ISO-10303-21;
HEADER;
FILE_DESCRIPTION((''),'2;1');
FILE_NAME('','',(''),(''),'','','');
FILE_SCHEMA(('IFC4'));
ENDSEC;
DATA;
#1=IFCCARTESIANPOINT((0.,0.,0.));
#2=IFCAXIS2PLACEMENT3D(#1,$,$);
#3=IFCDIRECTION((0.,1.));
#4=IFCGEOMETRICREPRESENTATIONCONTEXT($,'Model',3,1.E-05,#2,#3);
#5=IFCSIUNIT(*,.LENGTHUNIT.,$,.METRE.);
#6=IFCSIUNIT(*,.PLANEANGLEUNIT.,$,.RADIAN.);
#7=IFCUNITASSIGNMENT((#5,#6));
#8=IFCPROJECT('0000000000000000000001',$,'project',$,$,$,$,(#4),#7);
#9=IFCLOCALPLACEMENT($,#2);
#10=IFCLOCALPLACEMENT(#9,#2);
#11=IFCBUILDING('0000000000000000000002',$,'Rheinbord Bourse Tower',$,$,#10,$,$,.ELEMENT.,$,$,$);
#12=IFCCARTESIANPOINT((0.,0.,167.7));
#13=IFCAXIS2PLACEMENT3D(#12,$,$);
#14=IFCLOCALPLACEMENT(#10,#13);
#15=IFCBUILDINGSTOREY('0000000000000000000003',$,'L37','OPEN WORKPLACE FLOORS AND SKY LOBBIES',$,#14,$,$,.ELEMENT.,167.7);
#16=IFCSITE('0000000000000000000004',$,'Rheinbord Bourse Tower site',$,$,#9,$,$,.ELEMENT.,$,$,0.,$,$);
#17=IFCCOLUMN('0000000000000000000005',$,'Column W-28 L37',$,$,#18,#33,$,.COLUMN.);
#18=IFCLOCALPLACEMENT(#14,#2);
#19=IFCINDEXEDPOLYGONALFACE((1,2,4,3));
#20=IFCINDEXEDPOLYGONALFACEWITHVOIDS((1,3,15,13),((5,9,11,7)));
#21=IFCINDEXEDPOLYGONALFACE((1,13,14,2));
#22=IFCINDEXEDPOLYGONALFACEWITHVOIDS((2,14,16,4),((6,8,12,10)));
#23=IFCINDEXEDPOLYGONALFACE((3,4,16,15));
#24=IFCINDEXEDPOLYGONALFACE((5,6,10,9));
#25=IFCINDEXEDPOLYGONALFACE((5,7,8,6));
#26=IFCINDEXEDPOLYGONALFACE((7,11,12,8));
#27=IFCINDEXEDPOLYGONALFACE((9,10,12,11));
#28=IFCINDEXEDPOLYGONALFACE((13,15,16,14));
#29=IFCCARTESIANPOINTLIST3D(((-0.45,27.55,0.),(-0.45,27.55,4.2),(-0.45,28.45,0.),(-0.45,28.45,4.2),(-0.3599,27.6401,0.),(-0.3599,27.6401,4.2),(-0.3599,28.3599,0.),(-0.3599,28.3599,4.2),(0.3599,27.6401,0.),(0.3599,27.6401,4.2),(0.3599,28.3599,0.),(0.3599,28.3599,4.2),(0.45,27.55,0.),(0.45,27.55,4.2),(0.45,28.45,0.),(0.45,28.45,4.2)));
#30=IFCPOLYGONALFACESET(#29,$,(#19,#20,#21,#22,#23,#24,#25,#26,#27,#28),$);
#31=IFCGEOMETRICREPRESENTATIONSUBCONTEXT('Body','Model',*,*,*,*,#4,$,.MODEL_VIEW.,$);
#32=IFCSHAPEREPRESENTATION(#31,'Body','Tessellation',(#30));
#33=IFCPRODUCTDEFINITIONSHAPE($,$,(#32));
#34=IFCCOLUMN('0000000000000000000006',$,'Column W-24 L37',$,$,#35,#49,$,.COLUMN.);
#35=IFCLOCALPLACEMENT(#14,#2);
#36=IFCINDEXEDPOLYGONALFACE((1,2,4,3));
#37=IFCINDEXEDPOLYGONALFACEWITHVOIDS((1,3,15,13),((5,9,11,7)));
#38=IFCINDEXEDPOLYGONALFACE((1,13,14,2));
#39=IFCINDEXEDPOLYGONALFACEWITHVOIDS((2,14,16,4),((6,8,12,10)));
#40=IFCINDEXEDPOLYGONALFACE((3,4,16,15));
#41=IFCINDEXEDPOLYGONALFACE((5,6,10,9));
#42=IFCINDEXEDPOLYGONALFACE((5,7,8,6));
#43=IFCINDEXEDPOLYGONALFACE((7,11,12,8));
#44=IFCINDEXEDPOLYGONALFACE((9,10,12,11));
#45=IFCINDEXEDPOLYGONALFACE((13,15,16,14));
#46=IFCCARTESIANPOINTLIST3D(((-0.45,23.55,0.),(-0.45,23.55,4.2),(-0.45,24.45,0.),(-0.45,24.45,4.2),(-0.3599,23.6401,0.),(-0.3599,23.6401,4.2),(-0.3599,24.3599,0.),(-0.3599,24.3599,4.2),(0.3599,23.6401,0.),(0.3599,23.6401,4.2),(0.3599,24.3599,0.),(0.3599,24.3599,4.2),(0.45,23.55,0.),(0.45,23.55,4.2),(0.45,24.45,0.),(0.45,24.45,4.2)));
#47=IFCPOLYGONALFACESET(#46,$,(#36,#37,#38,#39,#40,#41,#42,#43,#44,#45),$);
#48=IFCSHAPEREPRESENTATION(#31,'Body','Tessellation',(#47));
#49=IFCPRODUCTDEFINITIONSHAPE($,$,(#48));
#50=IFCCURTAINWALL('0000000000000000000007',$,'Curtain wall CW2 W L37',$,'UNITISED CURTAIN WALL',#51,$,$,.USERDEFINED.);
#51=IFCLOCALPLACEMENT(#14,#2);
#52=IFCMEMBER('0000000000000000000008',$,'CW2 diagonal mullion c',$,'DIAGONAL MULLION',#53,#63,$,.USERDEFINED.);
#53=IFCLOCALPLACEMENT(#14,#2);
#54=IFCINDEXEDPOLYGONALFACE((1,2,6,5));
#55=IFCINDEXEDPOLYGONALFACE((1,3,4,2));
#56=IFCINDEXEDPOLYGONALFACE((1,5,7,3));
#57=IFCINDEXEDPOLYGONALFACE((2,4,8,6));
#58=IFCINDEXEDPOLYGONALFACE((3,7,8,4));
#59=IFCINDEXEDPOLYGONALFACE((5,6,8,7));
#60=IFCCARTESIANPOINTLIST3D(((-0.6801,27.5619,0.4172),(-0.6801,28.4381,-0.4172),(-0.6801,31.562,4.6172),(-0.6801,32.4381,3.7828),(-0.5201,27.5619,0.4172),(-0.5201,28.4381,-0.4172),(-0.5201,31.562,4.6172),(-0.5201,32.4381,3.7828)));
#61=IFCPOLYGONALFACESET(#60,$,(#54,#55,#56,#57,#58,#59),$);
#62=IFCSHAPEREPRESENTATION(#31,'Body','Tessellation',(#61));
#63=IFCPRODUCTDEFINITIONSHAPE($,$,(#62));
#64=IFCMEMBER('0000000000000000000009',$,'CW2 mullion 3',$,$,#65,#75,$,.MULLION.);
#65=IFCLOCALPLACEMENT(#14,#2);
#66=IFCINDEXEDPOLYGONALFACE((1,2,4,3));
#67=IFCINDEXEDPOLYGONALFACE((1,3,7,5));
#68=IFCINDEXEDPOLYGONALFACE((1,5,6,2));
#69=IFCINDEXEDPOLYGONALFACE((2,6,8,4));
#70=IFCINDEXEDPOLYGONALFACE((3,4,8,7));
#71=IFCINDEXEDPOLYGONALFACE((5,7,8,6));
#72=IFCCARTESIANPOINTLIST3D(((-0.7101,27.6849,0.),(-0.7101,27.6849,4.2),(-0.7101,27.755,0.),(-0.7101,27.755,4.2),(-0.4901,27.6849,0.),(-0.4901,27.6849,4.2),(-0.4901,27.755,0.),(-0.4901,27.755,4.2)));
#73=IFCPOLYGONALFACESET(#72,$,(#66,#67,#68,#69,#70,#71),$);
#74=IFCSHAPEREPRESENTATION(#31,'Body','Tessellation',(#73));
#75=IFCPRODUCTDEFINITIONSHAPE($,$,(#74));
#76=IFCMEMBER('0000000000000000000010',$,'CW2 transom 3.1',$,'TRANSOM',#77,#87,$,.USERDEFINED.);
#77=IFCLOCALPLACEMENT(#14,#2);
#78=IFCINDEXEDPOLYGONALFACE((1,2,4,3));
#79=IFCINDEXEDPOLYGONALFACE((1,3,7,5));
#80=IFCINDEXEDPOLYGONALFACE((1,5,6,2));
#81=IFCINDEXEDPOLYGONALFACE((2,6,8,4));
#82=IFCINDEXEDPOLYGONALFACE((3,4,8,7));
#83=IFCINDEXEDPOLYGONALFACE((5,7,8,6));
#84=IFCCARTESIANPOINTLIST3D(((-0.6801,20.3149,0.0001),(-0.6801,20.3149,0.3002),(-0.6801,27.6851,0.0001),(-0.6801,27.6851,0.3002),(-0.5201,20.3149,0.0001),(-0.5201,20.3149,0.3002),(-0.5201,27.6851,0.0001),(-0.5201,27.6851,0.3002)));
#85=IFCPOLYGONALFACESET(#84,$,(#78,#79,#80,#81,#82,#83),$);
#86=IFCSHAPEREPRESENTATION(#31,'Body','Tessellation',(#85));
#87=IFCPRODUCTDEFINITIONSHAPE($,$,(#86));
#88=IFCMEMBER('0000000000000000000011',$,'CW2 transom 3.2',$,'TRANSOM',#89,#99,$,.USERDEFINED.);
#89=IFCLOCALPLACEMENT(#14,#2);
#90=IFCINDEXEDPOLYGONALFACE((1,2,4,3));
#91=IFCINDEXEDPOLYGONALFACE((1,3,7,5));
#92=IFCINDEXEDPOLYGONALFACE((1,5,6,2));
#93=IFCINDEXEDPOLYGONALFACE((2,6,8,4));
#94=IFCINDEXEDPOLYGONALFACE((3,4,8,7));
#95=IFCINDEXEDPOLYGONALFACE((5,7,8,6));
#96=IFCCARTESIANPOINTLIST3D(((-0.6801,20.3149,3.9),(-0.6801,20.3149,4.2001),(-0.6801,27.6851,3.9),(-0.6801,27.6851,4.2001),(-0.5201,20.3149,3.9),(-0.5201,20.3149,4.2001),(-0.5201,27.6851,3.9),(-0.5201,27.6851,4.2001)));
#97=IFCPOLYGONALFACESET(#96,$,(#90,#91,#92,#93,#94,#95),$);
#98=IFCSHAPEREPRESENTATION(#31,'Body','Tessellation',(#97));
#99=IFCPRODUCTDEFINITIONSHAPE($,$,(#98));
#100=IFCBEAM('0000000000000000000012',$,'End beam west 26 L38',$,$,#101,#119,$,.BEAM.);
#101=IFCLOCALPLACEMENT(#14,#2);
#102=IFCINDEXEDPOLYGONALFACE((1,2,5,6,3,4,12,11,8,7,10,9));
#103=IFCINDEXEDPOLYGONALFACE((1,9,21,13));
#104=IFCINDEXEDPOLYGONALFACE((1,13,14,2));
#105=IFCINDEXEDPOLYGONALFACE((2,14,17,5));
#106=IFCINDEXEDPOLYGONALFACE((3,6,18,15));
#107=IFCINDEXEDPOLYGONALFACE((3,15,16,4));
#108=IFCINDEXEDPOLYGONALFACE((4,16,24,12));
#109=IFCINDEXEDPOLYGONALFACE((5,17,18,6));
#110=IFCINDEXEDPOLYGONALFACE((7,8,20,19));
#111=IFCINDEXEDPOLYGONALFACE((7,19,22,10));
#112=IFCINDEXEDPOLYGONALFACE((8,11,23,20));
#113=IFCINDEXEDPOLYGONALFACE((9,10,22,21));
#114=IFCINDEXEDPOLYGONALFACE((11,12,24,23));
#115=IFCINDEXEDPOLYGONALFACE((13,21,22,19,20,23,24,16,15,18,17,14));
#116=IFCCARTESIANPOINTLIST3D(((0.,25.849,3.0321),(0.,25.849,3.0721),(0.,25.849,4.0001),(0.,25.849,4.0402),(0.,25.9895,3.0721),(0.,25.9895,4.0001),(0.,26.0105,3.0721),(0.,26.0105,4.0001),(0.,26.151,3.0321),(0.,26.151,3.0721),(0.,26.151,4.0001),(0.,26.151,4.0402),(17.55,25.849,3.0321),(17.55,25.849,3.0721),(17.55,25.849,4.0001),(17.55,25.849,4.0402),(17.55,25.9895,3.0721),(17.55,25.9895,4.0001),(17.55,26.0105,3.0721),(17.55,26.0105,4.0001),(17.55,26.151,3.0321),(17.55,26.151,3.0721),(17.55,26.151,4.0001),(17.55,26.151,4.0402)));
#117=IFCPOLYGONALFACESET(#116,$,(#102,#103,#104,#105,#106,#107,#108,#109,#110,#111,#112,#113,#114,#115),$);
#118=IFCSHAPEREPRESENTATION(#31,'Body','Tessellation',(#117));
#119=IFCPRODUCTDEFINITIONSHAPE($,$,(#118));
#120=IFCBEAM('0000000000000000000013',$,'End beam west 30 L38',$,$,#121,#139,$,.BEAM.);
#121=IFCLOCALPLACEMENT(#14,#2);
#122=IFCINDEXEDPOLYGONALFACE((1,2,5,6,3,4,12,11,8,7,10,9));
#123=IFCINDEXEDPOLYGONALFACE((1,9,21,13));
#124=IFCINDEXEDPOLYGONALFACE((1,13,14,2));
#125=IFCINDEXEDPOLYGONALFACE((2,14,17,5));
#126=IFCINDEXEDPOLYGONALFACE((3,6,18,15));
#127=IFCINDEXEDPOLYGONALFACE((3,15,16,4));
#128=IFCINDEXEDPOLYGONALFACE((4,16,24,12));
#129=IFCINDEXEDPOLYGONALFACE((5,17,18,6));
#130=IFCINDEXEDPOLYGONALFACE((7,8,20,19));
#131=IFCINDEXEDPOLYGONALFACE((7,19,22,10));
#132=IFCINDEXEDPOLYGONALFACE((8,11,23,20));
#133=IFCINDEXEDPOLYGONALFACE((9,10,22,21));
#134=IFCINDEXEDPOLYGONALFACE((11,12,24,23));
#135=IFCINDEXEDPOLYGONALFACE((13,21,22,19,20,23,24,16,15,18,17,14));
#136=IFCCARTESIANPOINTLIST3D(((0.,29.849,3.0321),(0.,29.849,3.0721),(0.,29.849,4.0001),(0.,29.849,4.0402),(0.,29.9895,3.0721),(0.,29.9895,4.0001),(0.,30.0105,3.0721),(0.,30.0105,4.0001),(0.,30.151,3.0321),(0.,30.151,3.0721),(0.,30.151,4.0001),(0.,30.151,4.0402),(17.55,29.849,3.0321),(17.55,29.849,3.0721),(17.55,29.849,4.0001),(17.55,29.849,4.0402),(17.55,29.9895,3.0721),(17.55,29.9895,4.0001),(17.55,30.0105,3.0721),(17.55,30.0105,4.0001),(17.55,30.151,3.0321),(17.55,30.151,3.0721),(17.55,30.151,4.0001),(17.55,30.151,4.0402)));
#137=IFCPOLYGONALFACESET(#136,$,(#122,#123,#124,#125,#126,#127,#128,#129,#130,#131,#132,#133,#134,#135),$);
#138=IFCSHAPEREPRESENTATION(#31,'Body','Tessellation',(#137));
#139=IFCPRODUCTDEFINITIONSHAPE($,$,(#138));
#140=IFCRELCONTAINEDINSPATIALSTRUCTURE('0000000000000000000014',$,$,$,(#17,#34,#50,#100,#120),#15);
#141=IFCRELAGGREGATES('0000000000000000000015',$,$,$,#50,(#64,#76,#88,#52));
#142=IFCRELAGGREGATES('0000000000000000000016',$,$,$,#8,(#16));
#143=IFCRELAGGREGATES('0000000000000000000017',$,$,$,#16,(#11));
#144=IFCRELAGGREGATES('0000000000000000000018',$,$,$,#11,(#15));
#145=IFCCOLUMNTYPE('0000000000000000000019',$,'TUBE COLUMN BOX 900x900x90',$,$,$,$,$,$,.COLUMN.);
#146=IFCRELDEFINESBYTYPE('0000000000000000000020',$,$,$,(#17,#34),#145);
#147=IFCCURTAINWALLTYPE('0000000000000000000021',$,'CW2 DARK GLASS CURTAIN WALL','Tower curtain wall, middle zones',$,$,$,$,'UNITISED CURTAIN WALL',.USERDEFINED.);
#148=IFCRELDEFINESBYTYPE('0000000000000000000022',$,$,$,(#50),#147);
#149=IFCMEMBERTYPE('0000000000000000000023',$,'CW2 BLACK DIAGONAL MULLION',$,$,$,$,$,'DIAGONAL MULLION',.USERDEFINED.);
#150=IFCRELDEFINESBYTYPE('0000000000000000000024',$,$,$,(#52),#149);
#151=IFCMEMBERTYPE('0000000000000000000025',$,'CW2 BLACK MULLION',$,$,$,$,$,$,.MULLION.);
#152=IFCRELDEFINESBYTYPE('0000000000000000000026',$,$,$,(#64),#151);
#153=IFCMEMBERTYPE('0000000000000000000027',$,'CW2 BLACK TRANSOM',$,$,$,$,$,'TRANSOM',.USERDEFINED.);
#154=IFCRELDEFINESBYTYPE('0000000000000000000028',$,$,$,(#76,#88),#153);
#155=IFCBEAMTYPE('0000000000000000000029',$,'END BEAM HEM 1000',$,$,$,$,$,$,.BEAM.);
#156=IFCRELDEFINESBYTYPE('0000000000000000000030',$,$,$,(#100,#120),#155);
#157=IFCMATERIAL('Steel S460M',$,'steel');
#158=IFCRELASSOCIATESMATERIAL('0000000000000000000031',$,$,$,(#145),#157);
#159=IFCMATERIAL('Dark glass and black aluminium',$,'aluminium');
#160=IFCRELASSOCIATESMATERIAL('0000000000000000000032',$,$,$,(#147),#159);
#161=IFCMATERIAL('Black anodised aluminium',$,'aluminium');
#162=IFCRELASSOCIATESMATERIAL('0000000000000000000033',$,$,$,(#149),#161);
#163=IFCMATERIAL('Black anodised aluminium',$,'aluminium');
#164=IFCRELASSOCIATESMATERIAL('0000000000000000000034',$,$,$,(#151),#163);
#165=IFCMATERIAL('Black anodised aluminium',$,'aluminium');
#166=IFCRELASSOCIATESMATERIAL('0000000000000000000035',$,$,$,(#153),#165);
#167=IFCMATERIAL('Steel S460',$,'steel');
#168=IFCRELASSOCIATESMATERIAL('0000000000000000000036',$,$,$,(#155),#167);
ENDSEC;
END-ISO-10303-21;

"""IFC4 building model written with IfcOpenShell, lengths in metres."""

from ifc_helpers import new_model, si_unit, direction, frame, origin, origin_2d, place, context, subcontext, project, spatial, rectangle, hollow_rectangle, i_section, extrude, material, material_profile, profile_set, type_object, element, aggregate, save


model = new_model("IFC4")

# Units and contexts
model_context = context("Model", 3, precision=1e-05, world=origin(), true_north=direction((0.0, 1.0)))
body_context = subcontext(model_context, "Body", "Model", "MODEL_VIEW")
ifc_project = project(units=[si_unit("LENGTHUNIT", "METRE"), si_unit("PLANEANGLEUNIT", "RADIAN")], contexts=[model_context])

# Site, building, storey
site_placement = place(None, origin())
site = spatial("IfcSite", under=ifc_project, at=site_placement, Name="Rheinbord Bourse Tower site", CompositionType="ELEMENT", RefElevation=0.0)
building_placement = place(site_placement, origin())
building = spatial("IfcBuilding", under=site, at=building_placement, Name="Rheinbord Bourse Tower", CompositionType="ELEMENT")
storey_placement = place(building_placement, frame((0.0, 0.0, 167.7)))
storey = spatial("IfcBuildingStorey", under=building, at=storey_placement, Name="L37", Description="OPEN WORKPLACE FLOORS AND SKY LOBBIES", CompositionType="ELEMENT", Elevation=167.7)

# Columns
ifc_material_1 = material(Name="Steel S460M", Category="steel")
ifc_material_profile_1 = material_profile(ifc_material_1, hollow_rectangle(XDim=0.8999, YDim=0.8999, WallThickness=0.0901, at=origin_2d()), Name="BOX 900x900x90")
ifc_profile_set_1 = profile_set([ifc_material_profile_1], Name="Steel S460M")
column_type = type_object("IfcColumnType", Name="TUBE COLUMN BOX 900x900x90", PredefinedType="COLUMN", material=ifc_profile_set_1)
for number, where, z_axis, x_axis, name in (
    (1, (0.0, 28.0, 0.0), (0.0, 0.0, 1.0), (1.0, 0.0, 0.0), "Column W-28 L37"),
    (2, (0.0, 24.0, 0.0), (0.0, 0.0, 1.0), (1.0, 0.0, 0.0), "Column W-24 L37"),
):
    element("IfcColumn", number, at=place(storey_placement, frame(where, z_axis=z_axis, x_axis=x_axis)), inside=storey, type_object=column_type, Name=name, PredefinedType="COLUMN", context=body_context, shape_type="SweptSolid", body=[
        extrude(hollow_rectangle(XDim=0.8999, YDim=0.8999, WallThickness=0.0901, at=origin_2d()), origin(), (0.0, 0.0, 1.0), 4.2),
    ])

# Curtain wall, members
ifc_material_2 = material(Name="Dark glass and black aluminium", Category="aluminium")
curtain_wall_type = type_object("IfcCurtainWallType", Name="CW2 DARK GLASS CURTAIN WALL", Description="Tower curtain wall, middle zones", ElementType="UNITISED CURTAIN WALL", PredefinedType="USERDEFINED", material=ifc_material_2)
curtain_wall_placement = place(storey_placement, origin())
curtain_wall = element("IfcCurtainWall", 3, at=curtain_wall_placement, inside=storey, type_object=curtain_wall_type, Name="Curtain wall CW2 W L37", ObjectType="UNITISED CURTAIN WALL", PredefinedType="USERDEFINED")
ifc_material_3 = material(Name="Black anodised aluminium", Category="aluminium")
ifc_material_profile_2 = material_profile(ifc_material_3, rectangle(XDim=0.1599, YDim=1.21, at=origin_2d()), Name="CW2 DIAGONAL MULLION 1210x160")
ifc_profile_set_2 = profile_set([ifc_material_profile_2], Name="Black anodised aluminium")
member_type_1 = type_object("IfcMemberType", Name="CW2 BLACK DIAGONAL MULLION", ElementType="DIAGONAL MULLION", PredefinedType="USERDEFINED", material=ifc_profile_set_2)
member_1_placement = place(storey_placement, frame((-0.6001, 28.0, 0.0), z_axis=(0.0, 0.689659, 0.724134), x_axis=(-1.0, 0.0, 0.0)))
member_1 = element("IfcMember", 4, at=member_1_placement, type_object=member_type_1, Name="CW2 diagonal mullion c", ObjectType="DIAGONAL MULLION", PredefinedType="USERDEFINED", context=body_context, shape_type="SweptSolid", body=[
    extrude(rectangle(XDim=0.1599, YDim=1.21, at=origin_2d()), origin(), (0.0, 0.0, 1.0), 5.8),
])
ifc_material_4 = material(Name="Black anodised aluminium", Category="aluminium")
ifc_material_profile_3 = material_profile(ifc_material_4, rectangle(XDim=0.22, YDim=0.0701, at=origin_2d()), Name="CW2 MULLION 70x220")
ifc_profile_set_3 = profile_set([ifc_material_profile_3], Name="Black anodised aluminium")
member_type_2 = type_object("IfcMemberType", Name="CW2 BLACK MULLION", PredefinedType="MULLION", material=ifc_profile_set_3)
member_2_placement = place(storey_placement, frame((-0.6001, 27.72, 0.0), z_axis=(0.0, 0.0, 1.0), x_axis=(1.0, 0.0, 0.0)))
member_2 = element("IfcMember", 5, at=member_2_placement, type_object=member_type_2, Name="CW2 mullion 3", PredefinedType="MULLION", context=body_context, shape_type="SweptSolid", body=[
    extrude(rectangle(XDim=0.22, YDim=0.0701, at=origin_2d()), origin(), (0.0, 0.0, 1.0), 4.2),
])
ifc_material_5 = material(Name="Black anodised aluminium", Category="aluminium")
ifc_material_profile_4 = material_profile(ifc_material_5, rectangle(XDim=0.1599, YDim=0.3, at=origin_2d()), Name="CW2 TRANSOM 300x160")
ifc_profile_set_4 = profile_set([ifc_material_profile_4], Name="Black anodised aluminium")
member_type_3 = type_object("IfcMemberType", Name="CW2 BLACK TRANSOM", ElementType="TRANSOM", PredefinedType="USERDEFINED", material=ifc_profile_set_4)
member_3_placement = place(storey_placement, frame((-0.6001, 27.6851, 0.1501), z_axis=(0.0, -1.0, 0.0), x_axis=(1.0, 0.0, 0.0)))
member_3 = element("IfcMember", 6, at=member_3_placement, type_object=member_type_3, Name="CW2 transom 3.1", ObjectType="TRANSOM", PredefinedType="USERDEFINED", context=body_context, shape_type="SweptSolid", body=[
    extrude(rectangle(XDim=0.1599, YDim=0.3, at=origin_2d()), origin(), (0.0, 0.0, 1.0), 7.3701),
])
member_4_placement = place(storey_placement, frame((-0.6001, 27.6851, 4.05), z_axis=(0.0, -1.0, 0.0), x_axis=(1.0, 0.0, 0.0)))
member_4 = element("IfcMember", 7, at=member_4_placement, type_object=member_type_3, Name="CW2 transom 3.2", ObjectType="TRANSOM", PredefinedType="USERDEFINED", context=body_context, shape_type="SweptSolid", body=[
    extrude(rectangle(XDim=0.1599, YDim=0.3, at=origin_2d()), origin(), (0.0, 0.0, 1.0), 7.3701),
])

# Beams
ifc_material_6 = material(Name="Steel S460", Category="steel")
ifc_material_profile_5 = material_profile(ifc_material_6, i_section(OverallWidth=0.302, OverallDepth=1.0081, WebThickness=0.021, FlangeThickness=0.04, at=origin_2d()), Name="HEM 1000")
ifc_profile_set_5 = profile_set([ifc_material_profile_5], Name="Steel S460")
beam_type_1 = type_object("IfcBeamType", Name="END BEAM HEM 1000", PredefinedType="BEAM", material=ifc_profile_set_5)
for number, where, z_axis, x_axis, name in (
    (8, (0.0, 26.0, 3.5361), (1.0, 0.0, 0.0), (0.0, 1.0, 0.0), "End beam west 26 L38"),
    (9, (0.0, 30.0, 3.5361), (1.0, 0.0, 0.0), (0.0, 1.0, 0.0), "End beam west 30 L38"),
):
    element("IfcBeam", number, at=place(storey_placement, frame(where, z_axis=z_axis, x_axis=x_axis)), inside=storey, type_object=beam_type_1, Name=name, PredefinedType="BEAM", context=body_context, shape_type="SweptSolid", body=[
        extrude(i_section(OverallWidth=0.302, OverallDepth=1.0081, WebThickness=0.021, FlangeThickness=0.04, at=origin_2d()), origin(), (0.0, 0.0, 1.0), 17.55),
    ])

aggregate(curtain_wall, [member_2, member_3, member_4, member_1])

save(model, "model.ifc")
